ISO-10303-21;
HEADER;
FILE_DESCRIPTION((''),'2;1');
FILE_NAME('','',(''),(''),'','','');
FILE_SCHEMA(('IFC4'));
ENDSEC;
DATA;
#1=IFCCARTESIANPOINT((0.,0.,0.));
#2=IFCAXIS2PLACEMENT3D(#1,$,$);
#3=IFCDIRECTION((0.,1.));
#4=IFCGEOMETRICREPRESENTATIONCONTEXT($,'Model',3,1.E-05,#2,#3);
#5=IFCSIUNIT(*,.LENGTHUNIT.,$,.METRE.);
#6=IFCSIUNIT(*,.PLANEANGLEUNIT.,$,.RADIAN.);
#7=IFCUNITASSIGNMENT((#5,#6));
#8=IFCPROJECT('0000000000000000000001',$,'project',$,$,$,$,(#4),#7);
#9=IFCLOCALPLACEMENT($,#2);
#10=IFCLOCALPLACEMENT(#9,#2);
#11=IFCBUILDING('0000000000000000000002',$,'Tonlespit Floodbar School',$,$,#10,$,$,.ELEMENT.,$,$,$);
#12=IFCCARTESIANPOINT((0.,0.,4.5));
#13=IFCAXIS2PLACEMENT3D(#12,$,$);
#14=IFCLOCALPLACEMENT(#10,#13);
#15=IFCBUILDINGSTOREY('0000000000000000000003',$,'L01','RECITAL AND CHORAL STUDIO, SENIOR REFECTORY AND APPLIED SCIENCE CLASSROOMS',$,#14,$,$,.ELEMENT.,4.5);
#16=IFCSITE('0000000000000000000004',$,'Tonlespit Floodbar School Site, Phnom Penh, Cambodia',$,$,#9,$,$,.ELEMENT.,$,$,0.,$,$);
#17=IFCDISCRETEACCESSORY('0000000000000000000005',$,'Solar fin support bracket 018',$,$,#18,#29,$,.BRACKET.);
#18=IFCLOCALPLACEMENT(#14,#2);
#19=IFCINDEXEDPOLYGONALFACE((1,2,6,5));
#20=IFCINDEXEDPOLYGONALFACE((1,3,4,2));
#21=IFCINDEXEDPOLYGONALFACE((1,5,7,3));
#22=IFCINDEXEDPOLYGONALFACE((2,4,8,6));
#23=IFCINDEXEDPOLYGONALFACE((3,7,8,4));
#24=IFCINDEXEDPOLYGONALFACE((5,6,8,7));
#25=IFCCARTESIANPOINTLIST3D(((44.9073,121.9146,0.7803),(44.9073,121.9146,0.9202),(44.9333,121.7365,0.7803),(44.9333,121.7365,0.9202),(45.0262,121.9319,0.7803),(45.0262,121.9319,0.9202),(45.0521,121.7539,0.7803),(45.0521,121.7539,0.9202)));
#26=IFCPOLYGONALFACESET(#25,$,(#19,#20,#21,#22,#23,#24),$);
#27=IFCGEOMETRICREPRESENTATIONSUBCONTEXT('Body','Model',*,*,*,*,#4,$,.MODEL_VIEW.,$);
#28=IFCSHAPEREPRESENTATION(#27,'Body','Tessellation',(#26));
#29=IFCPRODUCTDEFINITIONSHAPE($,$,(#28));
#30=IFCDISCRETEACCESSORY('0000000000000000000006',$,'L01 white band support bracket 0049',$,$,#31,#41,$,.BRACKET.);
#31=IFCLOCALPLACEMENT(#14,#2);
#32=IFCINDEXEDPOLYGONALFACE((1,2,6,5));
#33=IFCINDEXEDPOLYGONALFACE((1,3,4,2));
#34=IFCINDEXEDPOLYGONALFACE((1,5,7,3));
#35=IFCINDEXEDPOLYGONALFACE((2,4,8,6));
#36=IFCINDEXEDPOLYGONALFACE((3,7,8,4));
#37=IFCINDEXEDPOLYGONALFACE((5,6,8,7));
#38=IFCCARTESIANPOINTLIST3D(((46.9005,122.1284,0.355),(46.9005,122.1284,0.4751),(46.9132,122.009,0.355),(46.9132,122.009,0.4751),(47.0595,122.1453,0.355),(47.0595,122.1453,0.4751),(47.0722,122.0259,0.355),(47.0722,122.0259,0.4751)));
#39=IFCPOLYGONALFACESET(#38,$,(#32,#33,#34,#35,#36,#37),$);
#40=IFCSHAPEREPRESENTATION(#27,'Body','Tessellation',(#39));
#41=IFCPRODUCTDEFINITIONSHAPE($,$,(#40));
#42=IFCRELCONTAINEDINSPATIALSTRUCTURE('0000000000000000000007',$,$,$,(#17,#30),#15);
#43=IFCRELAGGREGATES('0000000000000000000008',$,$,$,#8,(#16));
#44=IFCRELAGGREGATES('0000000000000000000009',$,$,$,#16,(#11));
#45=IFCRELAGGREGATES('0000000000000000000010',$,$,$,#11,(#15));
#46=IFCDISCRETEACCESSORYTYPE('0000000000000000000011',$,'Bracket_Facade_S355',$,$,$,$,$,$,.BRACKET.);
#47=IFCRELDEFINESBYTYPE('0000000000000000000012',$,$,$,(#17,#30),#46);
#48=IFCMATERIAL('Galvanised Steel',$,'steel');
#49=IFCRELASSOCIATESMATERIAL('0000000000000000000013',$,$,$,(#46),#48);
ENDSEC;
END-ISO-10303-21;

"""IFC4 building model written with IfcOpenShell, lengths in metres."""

from ifc_helpers import new_model, si_unit, direction, frame, origin, origin_2d, place, context, subcontext, project, spatial, rectangle, extrude, material, type_object, element, save


model = new_model("IFC4")

# Units and contexts
model_context = context("Model", 3, precision=1e-05, world=origin(), true_north=direction((0.0, 1.0)))
body_context = subcontext(model_context, "Body", "Model", "MODEL_VIEW")
ifc_project = project(units=[si_unit("LENGTHUNIT", "METRE"), si_unit("PLANEANGLEUNIT", "RADIAN")], contexts=[model_context])

# Site, building, storey
site_placement = place(None, origin())
site = spatial("IfcSite", under=ifc_project, at=site_placement, Name="Tonlespit Floodbar School Site, Phnom Penh, Cambodia", CompositionType="ELEMENT", RefElevation=0.0)
building_placement = place(site_placement, origin())
building = spatial("IfcBuilding", under=site, at=building_placement, Name="Tonlespit Floodbar School", CompositionType="ELEMENT")
storey_placement = place(building_placement, frame((0.0, 0.0, 4.5)))
storey = spatial("IfcBuildingStorey", under=building, at=storey_placement, Name="L01", Description="RECITAL AND CHORAL STUDIO, SENIOR REFECTORY AND APPLIED SCIENCE CLASSROOMS", CompositionType="ELEMENT", Elevation=4.5)

# Discrete accessories
ifc_material_1 = material(Name="Galvanised Steel", Category="steel")
discrete_accessory_type = type_object("IfcDiscreteAccessoryType", Name="Bracket_Facade_S355", PredefinedType="BRACKET", material=ifc_material_1)
discrete_accessory_1_placement = place(storey_placement, frame((44.9797, 121.8342, 0.7803), z_axis=(0.0, 0.0, 1.0), x_axis=(0.989538, 0.144275, 0.0)))
element("IfcDiscreteAccessory", 1, at=discrete_accessory_1_placement, inside=storey, type_object=discrete_accessory_type, Name="Solar fin support bracket 018", PredefinedType="BRACKET", context=body_context, shape_type="SweptSolid", body=[
    extrude(rectangle(XDim=0.1201, YDim=0.1799, at=origin_2d()), origin(), (0.0, 0.0, 1.0), 0.1399),
])
discrete_accessory_2_placement = place(storey_placement, frame((46.9863, 122.0771, 0.355), z_axis=(0.0, 0.0, 1.0), x_axis=(0.994392, 0.105754, 0.0)))
element("IfcDiscreteAccessory", 2, at=discrete_accessory_2_placement, inside=storey, type_object=discrete_accessory_type, Name="L01 white band support bracket 0049", PredefinedType="BRACKET", context=body_context, shape_type="SweptSolid", body=[
    extrude(rectangle(XDim=0.1599, YDim=0.1201, at=origin_2d()), origin(), (0.0, 0.0, 1.0), 0.1201),
])

save(model, "model.ifc")
